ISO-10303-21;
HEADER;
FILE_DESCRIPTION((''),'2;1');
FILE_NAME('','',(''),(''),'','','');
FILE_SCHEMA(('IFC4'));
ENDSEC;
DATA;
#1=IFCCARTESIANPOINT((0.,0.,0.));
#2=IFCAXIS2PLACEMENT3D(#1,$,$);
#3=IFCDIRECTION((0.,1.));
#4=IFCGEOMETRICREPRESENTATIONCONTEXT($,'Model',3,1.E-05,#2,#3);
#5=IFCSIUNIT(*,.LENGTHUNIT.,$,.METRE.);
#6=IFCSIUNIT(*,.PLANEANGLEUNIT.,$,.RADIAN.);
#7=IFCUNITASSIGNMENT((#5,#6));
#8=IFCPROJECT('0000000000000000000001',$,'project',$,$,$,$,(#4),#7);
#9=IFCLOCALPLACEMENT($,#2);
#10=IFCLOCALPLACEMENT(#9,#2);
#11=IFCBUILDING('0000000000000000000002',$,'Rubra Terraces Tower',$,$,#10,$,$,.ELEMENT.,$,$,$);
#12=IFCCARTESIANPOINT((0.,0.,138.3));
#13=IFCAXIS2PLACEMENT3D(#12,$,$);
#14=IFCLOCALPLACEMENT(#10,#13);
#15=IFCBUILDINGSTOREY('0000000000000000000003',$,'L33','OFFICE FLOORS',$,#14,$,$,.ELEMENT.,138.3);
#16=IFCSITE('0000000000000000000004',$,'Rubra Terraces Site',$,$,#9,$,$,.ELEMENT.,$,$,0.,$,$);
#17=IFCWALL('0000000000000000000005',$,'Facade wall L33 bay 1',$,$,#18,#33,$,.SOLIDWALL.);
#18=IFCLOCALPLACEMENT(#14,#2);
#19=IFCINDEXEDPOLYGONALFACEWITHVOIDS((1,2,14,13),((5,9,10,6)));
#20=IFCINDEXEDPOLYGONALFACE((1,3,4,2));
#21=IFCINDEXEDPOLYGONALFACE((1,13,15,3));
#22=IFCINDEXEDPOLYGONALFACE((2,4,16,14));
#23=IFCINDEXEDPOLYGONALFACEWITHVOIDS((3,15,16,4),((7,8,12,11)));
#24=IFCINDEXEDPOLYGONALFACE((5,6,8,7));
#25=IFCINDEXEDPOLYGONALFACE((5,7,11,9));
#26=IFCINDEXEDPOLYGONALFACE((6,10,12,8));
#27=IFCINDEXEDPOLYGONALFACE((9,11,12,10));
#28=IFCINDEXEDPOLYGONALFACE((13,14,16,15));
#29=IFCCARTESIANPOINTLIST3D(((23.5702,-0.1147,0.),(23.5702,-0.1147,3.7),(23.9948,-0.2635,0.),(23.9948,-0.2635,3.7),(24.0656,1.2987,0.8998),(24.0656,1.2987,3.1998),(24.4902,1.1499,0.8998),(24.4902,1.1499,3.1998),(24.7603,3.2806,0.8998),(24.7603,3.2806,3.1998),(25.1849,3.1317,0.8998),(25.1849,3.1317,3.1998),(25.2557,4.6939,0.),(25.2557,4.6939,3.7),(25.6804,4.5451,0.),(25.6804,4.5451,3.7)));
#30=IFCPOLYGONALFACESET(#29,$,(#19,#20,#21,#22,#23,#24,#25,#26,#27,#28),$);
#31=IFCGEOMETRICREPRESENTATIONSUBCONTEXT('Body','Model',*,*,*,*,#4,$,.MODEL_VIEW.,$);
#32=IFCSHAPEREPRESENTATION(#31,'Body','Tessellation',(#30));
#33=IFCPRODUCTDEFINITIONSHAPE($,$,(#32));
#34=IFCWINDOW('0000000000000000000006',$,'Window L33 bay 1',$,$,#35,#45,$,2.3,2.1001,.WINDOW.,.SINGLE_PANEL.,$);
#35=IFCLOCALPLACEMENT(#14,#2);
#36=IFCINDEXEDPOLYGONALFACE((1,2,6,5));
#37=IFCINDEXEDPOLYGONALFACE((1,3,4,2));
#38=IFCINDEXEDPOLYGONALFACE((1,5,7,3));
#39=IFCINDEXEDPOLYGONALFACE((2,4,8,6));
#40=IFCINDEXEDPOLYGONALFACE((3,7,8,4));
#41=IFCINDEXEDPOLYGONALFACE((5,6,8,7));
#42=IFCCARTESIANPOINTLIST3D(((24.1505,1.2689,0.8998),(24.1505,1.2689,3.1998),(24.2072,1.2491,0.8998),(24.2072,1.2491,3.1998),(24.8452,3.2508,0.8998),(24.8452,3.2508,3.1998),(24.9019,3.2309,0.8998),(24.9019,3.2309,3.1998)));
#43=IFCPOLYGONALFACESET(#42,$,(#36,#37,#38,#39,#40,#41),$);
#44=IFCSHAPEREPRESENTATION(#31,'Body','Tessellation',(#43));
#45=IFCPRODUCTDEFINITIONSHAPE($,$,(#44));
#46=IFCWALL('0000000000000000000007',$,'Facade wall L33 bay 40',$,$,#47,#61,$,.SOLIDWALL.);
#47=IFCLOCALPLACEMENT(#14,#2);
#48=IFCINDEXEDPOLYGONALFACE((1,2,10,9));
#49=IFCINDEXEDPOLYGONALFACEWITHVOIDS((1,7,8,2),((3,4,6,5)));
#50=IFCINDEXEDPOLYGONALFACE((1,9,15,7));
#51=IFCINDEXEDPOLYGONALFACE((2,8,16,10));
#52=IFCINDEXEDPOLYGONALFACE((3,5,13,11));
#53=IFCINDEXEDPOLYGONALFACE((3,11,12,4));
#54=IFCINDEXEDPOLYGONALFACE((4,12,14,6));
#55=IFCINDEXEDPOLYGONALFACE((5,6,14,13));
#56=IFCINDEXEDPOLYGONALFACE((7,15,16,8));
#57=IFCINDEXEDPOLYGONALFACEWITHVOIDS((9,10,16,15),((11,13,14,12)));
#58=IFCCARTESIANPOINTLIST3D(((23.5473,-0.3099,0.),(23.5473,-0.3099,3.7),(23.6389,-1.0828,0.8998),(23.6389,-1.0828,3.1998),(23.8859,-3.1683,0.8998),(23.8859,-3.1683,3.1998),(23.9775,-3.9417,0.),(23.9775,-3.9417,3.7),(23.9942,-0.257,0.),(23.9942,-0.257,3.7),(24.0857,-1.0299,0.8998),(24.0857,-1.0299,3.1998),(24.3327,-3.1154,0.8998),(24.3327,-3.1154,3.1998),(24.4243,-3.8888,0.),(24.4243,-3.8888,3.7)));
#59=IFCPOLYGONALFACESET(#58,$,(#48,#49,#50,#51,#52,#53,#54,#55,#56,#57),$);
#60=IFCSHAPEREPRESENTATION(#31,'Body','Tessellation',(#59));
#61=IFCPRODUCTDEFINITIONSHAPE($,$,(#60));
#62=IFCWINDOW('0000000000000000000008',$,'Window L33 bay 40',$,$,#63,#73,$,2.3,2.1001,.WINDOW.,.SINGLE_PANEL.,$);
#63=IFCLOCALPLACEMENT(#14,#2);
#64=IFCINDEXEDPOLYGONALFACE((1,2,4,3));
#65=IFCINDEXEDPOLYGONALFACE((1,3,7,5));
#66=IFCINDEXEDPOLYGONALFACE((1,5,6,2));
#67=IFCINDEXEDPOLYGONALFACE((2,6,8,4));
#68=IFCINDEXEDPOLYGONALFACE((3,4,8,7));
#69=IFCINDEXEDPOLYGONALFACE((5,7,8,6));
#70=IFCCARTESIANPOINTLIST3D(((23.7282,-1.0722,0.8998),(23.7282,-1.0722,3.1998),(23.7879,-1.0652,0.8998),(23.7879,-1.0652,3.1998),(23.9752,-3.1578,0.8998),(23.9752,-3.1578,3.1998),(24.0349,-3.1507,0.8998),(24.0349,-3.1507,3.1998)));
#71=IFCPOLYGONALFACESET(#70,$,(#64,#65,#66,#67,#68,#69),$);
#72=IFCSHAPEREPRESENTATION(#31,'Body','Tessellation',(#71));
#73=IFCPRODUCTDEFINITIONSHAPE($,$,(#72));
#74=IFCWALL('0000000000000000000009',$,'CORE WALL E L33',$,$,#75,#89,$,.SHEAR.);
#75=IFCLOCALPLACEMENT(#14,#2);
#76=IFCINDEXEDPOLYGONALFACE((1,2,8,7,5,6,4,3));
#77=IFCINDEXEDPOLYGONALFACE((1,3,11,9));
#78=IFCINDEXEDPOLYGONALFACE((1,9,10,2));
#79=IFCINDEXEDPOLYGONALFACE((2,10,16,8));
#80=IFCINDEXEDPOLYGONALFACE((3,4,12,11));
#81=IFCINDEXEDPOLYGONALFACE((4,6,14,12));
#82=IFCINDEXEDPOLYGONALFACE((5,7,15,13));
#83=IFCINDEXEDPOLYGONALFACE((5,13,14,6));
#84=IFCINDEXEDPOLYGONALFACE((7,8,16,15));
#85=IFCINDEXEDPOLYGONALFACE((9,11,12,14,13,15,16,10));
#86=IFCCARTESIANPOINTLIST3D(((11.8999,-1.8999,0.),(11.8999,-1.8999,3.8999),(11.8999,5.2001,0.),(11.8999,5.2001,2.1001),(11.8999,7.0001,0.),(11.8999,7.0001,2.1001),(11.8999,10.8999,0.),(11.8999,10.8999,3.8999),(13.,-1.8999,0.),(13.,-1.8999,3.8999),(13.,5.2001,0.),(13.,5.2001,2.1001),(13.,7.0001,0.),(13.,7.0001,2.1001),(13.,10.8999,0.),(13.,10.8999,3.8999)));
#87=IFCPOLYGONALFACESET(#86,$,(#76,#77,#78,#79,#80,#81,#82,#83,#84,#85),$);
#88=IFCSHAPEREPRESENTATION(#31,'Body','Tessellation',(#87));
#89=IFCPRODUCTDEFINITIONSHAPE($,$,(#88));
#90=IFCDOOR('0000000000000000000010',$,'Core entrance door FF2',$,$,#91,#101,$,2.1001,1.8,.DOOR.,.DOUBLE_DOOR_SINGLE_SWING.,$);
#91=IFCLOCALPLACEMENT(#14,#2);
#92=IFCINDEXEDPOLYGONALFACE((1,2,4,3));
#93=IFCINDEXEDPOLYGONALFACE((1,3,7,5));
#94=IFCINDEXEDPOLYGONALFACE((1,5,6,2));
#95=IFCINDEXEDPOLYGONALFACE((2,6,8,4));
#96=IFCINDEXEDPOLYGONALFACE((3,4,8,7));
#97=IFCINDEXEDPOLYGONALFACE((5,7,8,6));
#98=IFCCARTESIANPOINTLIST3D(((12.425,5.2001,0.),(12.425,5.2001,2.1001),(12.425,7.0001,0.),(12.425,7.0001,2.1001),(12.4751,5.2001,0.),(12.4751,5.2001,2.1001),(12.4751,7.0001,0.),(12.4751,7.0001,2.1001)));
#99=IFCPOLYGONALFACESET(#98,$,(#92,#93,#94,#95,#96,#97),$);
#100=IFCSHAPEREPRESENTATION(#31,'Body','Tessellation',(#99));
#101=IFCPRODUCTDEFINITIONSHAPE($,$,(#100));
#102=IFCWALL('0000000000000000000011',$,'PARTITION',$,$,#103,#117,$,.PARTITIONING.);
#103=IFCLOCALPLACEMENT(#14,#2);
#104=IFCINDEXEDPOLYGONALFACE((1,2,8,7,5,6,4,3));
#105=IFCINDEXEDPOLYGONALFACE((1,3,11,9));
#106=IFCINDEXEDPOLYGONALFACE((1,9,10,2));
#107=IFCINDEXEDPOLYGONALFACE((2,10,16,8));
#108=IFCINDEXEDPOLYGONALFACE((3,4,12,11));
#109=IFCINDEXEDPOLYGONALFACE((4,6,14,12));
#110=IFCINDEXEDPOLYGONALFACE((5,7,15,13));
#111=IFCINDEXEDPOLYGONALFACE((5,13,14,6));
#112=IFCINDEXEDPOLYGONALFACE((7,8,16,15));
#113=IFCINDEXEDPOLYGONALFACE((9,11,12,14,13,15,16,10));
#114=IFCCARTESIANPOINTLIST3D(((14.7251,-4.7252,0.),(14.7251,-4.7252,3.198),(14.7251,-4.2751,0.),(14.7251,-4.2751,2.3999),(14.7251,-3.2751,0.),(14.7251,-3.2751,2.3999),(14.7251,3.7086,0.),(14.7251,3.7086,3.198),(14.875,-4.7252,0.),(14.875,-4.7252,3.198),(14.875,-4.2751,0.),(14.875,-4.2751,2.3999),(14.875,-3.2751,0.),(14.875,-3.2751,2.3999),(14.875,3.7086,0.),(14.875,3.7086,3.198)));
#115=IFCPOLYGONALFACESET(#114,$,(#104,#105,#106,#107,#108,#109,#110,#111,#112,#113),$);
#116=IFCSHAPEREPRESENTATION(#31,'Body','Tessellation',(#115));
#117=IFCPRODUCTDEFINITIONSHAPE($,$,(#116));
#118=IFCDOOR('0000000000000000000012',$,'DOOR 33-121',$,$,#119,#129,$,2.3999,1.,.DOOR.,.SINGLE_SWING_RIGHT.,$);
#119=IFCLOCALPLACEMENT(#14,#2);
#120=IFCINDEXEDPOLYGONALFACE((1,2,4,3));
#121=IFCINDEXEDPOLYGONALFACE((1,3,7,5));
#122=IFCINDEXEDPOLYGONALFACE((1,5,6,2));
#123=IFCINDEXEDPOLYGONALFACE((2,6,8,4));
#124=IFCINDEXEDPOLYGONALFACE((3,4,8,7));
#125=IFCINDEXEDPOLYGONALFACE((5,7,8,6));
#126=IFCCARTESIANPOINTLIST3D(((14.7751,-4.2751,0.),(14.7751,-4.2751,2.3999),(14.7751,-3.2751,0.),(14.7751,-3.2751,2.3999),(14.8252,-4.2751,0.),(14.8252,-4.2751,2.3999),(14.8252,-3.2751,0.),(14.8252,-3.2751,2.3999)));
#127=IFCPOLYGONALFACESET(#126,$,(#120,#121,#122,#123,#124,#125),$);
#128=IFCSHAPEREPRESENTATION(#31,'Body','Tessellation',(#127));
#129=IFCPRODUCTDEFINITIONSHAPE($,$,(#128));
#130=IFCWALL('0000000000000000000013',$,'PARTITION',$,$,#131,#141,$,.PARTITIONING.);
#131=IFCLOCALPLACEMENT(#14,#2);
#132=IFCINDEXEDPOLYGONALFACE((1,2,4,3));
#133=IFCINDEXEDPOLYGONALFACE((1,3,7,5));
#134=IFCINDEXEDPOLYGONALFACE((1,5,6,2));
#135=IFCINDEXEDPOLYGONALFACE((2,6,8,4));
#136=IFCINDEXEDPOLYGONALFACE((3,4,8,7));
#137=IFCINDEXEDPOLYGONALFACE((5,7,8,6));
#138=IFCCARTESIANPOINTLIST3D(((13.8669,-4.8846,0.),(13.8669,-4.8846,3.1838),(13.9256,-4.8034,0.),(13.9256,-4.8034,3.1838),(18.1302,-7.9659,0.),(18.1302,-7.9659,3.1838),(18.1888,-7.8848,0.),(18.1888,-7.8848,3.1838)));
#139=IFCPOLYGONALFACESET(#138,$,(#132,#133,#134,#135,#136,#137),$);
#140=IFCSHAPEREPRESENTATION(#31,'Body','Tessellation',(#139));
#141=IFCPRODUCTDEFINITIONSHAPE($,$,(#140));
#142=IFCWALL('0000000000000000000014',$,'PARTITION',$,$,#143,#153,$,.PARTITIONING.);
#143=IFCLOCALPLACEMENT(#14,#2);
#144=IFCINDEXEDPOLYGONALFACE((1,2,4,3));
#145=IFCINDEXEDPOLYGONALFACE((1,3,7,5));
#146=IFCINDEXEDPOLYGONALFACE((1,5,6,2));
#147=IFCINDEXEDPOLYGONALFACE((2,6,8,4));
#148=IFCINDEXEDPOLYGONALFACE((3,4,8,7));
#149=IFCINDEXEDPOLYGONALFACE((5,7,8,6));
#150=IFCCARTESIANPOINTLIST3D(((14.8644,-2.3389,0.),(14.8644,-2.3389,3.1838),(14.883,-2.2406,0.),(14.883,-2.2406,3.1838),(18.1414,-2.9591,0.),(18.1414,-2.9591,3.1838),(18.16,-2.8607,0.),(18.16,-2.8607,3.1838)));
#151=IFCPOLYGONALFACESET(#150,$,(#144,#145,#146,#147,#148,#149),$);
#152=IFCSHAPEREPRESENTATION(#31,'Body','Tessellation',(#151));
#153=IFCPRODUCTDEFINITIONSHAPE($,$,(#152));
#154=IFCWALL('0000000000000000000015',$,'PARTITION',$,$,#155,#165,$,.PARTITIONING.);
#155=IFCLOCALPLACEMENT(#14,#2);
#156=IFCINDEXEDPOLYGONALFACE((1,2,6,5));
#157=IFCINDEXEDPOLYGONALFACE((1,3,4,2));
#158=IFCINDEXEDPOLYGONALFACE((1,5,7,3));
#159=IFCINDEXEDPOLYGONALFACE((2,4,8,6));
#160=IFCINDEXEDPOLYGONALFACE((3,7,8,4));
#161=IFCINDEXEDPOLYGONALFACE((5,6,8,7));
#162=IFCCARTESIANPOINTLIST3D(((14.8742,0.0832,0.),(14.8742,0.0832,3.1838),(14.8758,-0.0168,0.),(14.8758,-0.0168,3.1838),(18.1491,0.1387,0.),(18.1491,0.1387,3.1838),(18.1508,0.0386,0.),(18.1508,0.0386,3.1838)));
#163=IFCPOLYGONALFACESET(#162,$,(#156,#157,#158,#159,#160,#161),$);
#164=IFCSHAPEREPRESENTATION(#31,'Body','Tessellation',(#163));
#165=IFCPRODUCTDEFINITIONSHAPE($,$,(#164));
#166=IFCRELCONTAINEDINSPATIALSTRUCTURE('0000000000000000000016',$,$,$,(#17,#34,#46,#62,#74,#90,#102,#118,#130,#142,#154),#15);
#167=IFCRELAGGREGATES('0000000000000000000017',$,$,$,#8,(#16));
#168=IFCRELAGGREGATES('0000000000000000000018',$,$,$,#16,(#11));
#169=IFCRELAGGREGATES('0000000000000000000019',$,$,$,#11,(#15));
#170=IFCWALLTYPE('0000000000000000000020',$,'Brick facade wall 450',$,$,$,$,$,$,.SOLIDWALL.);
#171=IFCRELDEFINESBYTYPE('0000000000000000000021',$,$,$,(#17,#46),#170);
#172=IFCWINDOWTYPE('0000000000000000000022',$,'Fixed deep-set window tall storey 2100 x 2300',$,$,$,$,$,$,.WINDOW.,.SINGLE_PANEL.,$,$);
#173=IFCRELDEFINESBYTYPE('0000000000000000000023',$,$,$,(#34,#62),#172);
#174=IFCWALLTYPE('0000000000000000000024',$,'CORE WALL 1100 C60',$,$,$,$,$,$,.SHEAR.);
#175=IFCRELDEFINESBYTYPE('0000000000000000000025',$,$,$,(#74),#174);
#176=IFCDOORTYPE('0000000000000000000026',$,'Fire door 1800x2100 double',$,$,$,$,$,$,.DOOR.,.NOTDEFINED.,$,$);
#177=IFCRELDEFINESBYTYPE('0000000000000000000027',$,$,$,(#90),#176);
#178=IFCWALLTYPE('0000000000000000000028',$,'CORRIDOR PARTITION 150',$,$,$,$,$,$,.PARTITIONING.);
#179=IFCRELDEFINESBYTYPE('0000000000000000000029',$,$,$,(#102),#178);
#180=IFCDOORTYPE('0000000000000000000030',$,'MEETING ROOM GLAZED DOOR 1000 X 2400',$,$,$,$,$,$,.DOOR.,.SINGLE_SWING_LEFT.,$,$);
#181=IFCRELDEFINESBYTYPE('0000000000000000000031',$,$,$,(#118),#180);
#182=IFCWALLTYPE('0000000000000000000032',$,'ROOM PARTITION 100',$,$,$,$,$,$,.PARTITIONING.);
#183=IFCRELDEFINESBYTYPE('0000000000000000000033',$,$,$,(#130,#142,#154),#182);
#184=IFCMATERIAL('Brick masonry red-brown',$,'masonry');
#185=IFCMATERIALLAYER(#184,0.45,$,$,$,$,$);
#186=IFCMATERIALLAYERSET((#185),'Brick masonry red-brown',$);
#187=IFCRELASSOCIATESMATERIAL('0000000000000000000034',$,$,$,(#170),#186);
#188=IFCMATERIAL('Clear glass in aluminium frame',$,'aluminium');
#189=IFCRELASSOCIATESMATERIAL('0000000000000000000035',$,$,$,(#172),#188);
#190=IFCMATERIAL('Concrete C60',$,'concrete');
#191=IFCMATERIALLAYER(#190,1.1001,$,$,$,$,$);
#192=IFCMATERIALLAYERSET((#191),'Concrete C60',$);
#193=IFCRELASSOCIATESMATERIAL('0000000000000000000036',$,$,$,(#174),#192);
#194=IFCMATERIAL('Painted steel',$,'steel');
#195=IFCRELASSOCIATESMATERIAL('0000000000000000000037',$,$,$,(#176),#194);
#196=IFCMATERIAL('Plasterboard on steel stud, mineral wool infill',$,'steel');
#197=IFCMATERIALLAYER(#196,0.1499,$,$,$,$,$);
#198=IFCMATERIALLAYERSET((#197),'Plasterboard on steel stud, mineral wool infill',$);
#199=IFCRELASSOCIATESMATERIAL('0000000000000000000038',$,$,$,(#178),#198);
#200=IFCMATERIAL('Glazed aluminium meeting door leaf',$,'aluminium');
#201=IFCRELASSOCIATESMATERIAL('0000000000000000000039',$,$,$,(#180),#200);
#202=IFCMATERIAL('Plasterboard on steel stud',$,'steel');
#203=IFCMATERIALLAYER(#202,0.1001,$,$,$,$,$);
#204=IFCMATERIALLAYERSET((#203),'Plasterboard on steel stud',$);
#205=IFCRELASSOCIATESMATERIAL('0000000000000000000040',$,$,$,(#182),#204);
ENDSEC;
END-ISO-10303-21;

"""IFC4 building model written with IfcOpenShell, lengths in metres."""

from ifc_helpers import new_model, si_unit, direction, frame, frame_2d, origin, place, context, subcontext, project, spatial, rectangle, extrude, material, layer, layer_set, type_object, element, fill, save


model = new_model("IFC4")

# Units and contexts
model_context = context("Model", 3, precision=1e-05, world=origin(), true_north=direction((0.0, 1.0)))
body_context = subcontext(model_context, "Body", "Model", "MODEL_VIEW")
ifc_project = project(units=[si_unit("LENGTHUNIT", "METRE"), si_unit("PLANEANGLEUNIT", "RADIAN")], contexts=[model_context])

# Site, building, storey
site_placement = place(None, origin())
site = spatial("IfcSite", under=ifc_project, at=site_placement, Name="Rubra Terraces Site", CompositionType="ELEMENT", RefElevation=0.0)
building_placement = place(site_placement, origin())
building = spatial("IfcBuilding", under=site, at=building_placement, Name="Rubra Terraces Tower", CompositionType="ELEMENT")
storey_placement = place(building_placement, frame((0.0, 0.0, 138.3)))
storey = spatial("IfcBuildingStorey", under=building, at=storey_placement, Name="L33", Description="OFFICE FLOORS", CompositionType="ELEMENT", Elevation=138.3)

# Walls, openings, windows
ifc_material_1 = material(Name="Brick masonry red-brown", Category="masonry")
ifc_layer_1 = layer(ifc_material_1, 0.45)
ifc_layer_set_1 = layer_set([ifc_layer_1], Name="Brick masonry red-brown")
wall_type_1 = type_object("IfcWallType", Name="Brick facade wall 450", PredefinedType="SOLIDWALL", material=ifc_layer_set_1)
wall_1_placement = place(storey_placement, frame((23.7825, -0.1892, 0.0), z_axis=(0.0, 0.0, 1.0), x_axis=(0.330794, 0.943703, 0.0)))
wall_1 = element("IfcWall", 1, at=wall_1_placement, inside=storey, type_object=wall_type_1, Name="Facade wall L33 bay 1", PredefinedType="SOLIDWALL", context=body_context, shape_type="SweptSolid", body=[
    extrude(rectangle(XDim=5.0955, YDim=0.45, at=frame_2d((2.5479, 0.0))), origin(), (0.0, 0.0, 1.0), 3.7),
])
opening_1_placement = place(wall_1_placement, frame((1.4978, 0.0, 0.8999)))
opening_1 = element("IfcOpeningElement", 2, at=opening_1_placement, cuts=wall_1, PredefinedType="OPENING", context=body_context, shape_type="SweptSolid", body=[
    extrude(rectangle(XDim=2.1001, YDim=2.3, at=frame_2d((1.05, 1.1499))), frame((0.0, 0.2349, 0.0), z_axis=(0.0, -1.0, 0.0), x_axis=(1.0, 0.0, 0.0)), (0.0, 0.0, 1.0), 0.47),
])
ifc_material_2 = material(Name="Clear glass in aluminium frame", Category="aluminium")
window_type = type_object("IfcWindowType", Name="Fixed deep-set window tall storey 2100 x 2300", PartitioningType="SINGLE_PANEL", PredefinedType="WINDOW", material=ifc_material_2)
window_1_placement = place(opening_1_placement, origin())
window_1 = element("IfcWindow", 3, at=window_1_placement, inside=storey, type_object=window_type, Name="Window L33 bay 1", OverallHeight=2.3, OverallWidth=2.1001, PartitioningType="SINGLE_PANEL", PredefinedType="WINDOW", context=body_context, shape_type="SweptSolid", body=[
    extrude(rectangle(XDim=2.1001, YDim=2.3, at=frame_2d((1.05, 1.1499))), frame((0.0, 0.135, 0.0), z_axis=(0.0, -1.0, 0.0), x_axis=(1.0, 0.0, 0.0)), (0.0, 0.0, 1.0), 0.0601),
])
fill(opening_1, window_1)
wall_2_placement = place(storey_placement, frame((24.2009, -3.9153, 0.0), z_axis=(0.0, 0.0, 1.0), x_axis=(-0.117624, 0.993058, 0.0)))
wall_2 = element("IfcWall", 4, at=wall_2_placement, inside=storey, type_object=wall_type_1, Name="Facade wall L33 bay 40", PredefinedType="SOLIDWALL", context=body_context, shape_type="SweptSolid", body=[
    extrude(rectangle(XDim=3.6572, YDim=0.45, at=frame_2d((1.8286, 0.0))), origin(), (0.0, 0.0, 1.0), 3.7),
])
opening_2_placement = place(wall_2_placement, frame((0.7788, 0.0, 0.8999)))
opening_2 = element("IfcOpeningElement", 5, at=opening_2_placement, cuts=wall_2, PredefinedType="OPENING", context=body_context, shape_type="SweptSolid", body=[
    extrude(rectangle(XDim=2.1001, YDim=2.3, at=frame_2d((1.05, 1.1499))), frame((0.0, 0.2349, 0.0), z_axis=(0.0, -1.0, 0.0), x_axis=(1.0, 0.0, 0.0)), (0.0, 0.0, 1.0), 0.47),
])
window_2_placement = place(opening_2_placement, origin())
window_2 = element("IfcWindow", 6, at=window_2_placement, inside=storey, type_object=window_type, Name="Window L33 bay 40", OverallHeight=2.3, OverallWidth=2.1001, PartitioningType="SINGLE_PANEL", PredefinedType="WINDOW", context=body_context, shape_type="SweptSolid", body=[
    extrude(rectangle(XDim=2.1001, YDim=2.3, at=frame_2d((1.05, 1.1499))), frame((0.0, 0.135, 0.0), z_axis=(0.0, -1.0, 0.0), x_axis=(1.0, 0.0, 0.0)), (0.0, 0.0, 1.0), 0.0601),
])
fill(opening_2, window_2)

# Walls, openings, doors
ifc_material_3 = material(Name="Concrete C60", Category="concrete")
ifc_layer_2 = layer(ifc_material_3, 1.1001)
ifc_layer_set_2 = layer_set([ifc_layer_2], Name="Concrete C60")
wall_type_2 = type_object("IfcWallType", Name="CORE WALL 1100 C60", PredefinedType="SHEAR", material=ifc_layer_set_2)
wall_3_placement = place(storey_placement, frame((12.45, -1.8999, 0.0), z_axis=(0.0, 0.0, 1.0), x_axis=(0.0, 1.0, 0.0)))
wall_3 = element("IfcWall", 7, at=wall_3_placement, inside=storey, type_object=wall_type_2, Name="CORE WALL E L33", PredefinedType="SHEAR", context=body_context, shape_type="SweptSolid", body=[
    extrude(rectangle(XDim=12.7998, YDim=1.1001, at=frame_2d((6.3999, 0.0))), origin(), (0.0, 0.0, 1.0), 3.8999),
])
opening_3_placement = place(wall_3_placement, frame((7.1001, 0.0, 0.0)))
opening_3 = element("IfcOpeningElement", 8, at=opening_3_placement, cuts=wall_3, PredefinedType="OPENING", context=body_context, shape_type="SweptSolid", body=[
    extrude(rectangle(XDim=1.8, YDim=2.1001, at=frame_2d((0.8999, 1.05))), frame((0.0, 0.5601, 0.0), z_axis=(0.0, -1.0, 0.0), x_axis=(1.0, 0.0, 0.0)), (0.0, 0.0, 1.0), 1.1201),
])
ifc_material_4 = material(Name="Painted steel", Category="steel")
door_type_1 = type_object("IfcDoorType", Name="Fire door 1800x2100 double", OperationType="NOTDEFINED", PredefinedType="DOOR", material=ifc_material_4)
door_1_placement = place(opening_3_placement, origin())
door_1 = element("IfcDoor", 9, at=door_1_placement, inside=storey, type_object=door_type_1, Name="Core entrance door FF2", OperationType="DOUBLE_DOOR_SINGLE_SWING", OverallHeight=2.1001, OverallWidth=1.8, PredefinedType="DOOR", context=body_context, shape_type="SweptSolid", body=[
    extrude(rectangle(XDim=1.8, YDim=2.1001, at=frame_2d((0.8999, 1.05))), frame((0.0, 0.0249, 0.0), z_axis=(0.0, -1.0, 0.0), x_axis=(1.0, 0.0, 0.0)), (0.0, 0.0, 1.0), 0.05),
])
fill(opening_3, door_1)
ifc_material_5 = material(Name="Plasterboard on steel stud, mineral wool infill", Category="steel")
ifc_layer_3 = layer(ifc_material_5, 0.1499)
ifc_layer_set_3 = layer_set([ifc_layer_3], Name="Plasterboard on steel stud, mineral wool infill")
wall_type_3 = type_object("IfcWallType", Name="CORRIDOR PARTITION 150", PredefinedType="PARTITIONING", material=ifc_layer_set_3)
wall_4_placement = place(storey_placement, frame((14.8, -4.7251, 0.0), z_axis=(0.0, 0.0, 1.0), x_axis=(0.0, 1.0, 0.0)))
wall_4 = element("IfcWall", 10, at=wall_4_placement, inside=storey, type_object=wall_type_3, Name="PARTITION", PredefinedType="PARTITIONING", context=body_context, shape_type="SweptSolid", body=[
    extrude(rectangle(XDim=8.4338, YDim=0.1499, at=frame_2d((4.2168, 0.0))), origin(), (0.0, 0.0, 1.0), 3.198),
])
opening_4_placement = place(wall_4_placement, frame((0.45, 0.0, 0.0)))
opening_4 = element("IfcOpeningElement", 11, at=opening_4_placement, cuts=wall_4, PredefinedType="OPENING", context=body_context, shape_type="SweptSolid", body=[
    extrude(rectangle(XDim=1.0, YDim=2.3999, at=frame_2d((0.5, 1.2))), frame((0.0, 0.085, 0.0), z_axis=(0.0, -1.0, 0.0), x_axis=(1.0, 0.0, 0.0)), (0.0, 0.0, 1.0), 0.1699),
])
ifc_material_6 = material(Name="Glazed aluminium meeting door leaf", Category="aluminium")
door_type_2 = type_object("IfcDoorType", Name="MEETING ROOM GLAZED DOOR 1000 X 2400", OperationType="SINGLE_SWING_LEFT", PredefinedType="DOOR", material=ifc_material_6)
door_2_placement = place(opening_4_placement, origin())
door_2 = element("IfcDoor", 12, at=door_2_placement, inside=storey, type_object=door_type_2, Name="DOOR 33-121", OperationType="SINGLE_SWING_RIGHT", OverallHeight=2.3999, OverallWidth=1.0, PredefinedType="DOOR", context=body_context, shape_type="SweptSolid", body=[
    extrude(rectangle(XDim=1.0, YDim=2.3999, at=frame_2d((0.5, 1.2))), frame((0.0, 0.0249, 0.0), z_axis=(0.0, -1.0, 0.0), x_axis=(1.0, 0.0, 0.0)), (0.0, 0.0, 1.0), 0.05),
])
fill(opening_4, door_2)

# Walls
ifc_material_7 = material(Name="Plasterboard on steel stud", Category="steel")
ifc_layer_4 = layer(ifc_material_7, 0.1001)
ifc_layer_set_4 = layer_set([ifc_layer_4], Name="Plasterboard on steel stud")
wall_type_4 = type_object("IfcWallType", Name="ROOM PARTITION 100", PredefinedType="PARTITIONING", material=ifc_layer_set_4)
wall_5_placement = place(storey_placement, frame((13.8962, -4.844, 0.0), z_axis=(0.0, 0.0, 1.0), x_axis=(0.810469, -0.585782, 0.0)))
element("IfcWall", 13, at=wall_5_placement, inside=storey, type_object=wall_type_4, Name="PARTITION", PredefinedType="PARTITIONING", context=body_context, shape_type="SweptSolid", body=[
    extrude(rectangle(XDim=5.2603, YDim=0.1001, at=frame_2d((2.6301, 0.0))), origin(), (0.0, 0.0, 1.0), 3.1838),
])
wall_6_placement = place(storey_placement, frame((14.8738, -2.2898, 0.0), z_axis=(0.0, 0.0, 1.0), x_axis=(0.982563, -0.185928, 0.0)))
element("IfcWall", 14, at=wall_6_placement, inside=storey, type_object=wall_type_4, Name="PARTITION", PredefinedType="PARTITIONING", context=body_context, shape_type="SweptSolid", body=[
    extrude(rectangle(XDim=3.3352, YDim=0.1001, at=frame_2d((1.6675, 0.0))), origin(), (0.0, 0.0, 1.0), 3.1838),
])
wall_7_placement = place(storey_placement, frame((14.875, 0.0332, 0.0), z_axis=(0.0, 0.0, 1.0), x_axis=(0.999857, 0.01692, 0.0)))
element("IfcWall", 15, at=wall_7_placement, inside=storey, type_object=wall_type_4, Name="PARTITION", PredefinedType="PARTITIONING", context=body_context, shape_type="SweptSolid", body=[
    extrude(rectangle(XDim=3.2754, YDim=0.1001, at=frame_2d((1.6377, 0.0))), origin(), (0.0, 0.0, 1.0), 3.1838),
])

save(model, "model.ifc")
